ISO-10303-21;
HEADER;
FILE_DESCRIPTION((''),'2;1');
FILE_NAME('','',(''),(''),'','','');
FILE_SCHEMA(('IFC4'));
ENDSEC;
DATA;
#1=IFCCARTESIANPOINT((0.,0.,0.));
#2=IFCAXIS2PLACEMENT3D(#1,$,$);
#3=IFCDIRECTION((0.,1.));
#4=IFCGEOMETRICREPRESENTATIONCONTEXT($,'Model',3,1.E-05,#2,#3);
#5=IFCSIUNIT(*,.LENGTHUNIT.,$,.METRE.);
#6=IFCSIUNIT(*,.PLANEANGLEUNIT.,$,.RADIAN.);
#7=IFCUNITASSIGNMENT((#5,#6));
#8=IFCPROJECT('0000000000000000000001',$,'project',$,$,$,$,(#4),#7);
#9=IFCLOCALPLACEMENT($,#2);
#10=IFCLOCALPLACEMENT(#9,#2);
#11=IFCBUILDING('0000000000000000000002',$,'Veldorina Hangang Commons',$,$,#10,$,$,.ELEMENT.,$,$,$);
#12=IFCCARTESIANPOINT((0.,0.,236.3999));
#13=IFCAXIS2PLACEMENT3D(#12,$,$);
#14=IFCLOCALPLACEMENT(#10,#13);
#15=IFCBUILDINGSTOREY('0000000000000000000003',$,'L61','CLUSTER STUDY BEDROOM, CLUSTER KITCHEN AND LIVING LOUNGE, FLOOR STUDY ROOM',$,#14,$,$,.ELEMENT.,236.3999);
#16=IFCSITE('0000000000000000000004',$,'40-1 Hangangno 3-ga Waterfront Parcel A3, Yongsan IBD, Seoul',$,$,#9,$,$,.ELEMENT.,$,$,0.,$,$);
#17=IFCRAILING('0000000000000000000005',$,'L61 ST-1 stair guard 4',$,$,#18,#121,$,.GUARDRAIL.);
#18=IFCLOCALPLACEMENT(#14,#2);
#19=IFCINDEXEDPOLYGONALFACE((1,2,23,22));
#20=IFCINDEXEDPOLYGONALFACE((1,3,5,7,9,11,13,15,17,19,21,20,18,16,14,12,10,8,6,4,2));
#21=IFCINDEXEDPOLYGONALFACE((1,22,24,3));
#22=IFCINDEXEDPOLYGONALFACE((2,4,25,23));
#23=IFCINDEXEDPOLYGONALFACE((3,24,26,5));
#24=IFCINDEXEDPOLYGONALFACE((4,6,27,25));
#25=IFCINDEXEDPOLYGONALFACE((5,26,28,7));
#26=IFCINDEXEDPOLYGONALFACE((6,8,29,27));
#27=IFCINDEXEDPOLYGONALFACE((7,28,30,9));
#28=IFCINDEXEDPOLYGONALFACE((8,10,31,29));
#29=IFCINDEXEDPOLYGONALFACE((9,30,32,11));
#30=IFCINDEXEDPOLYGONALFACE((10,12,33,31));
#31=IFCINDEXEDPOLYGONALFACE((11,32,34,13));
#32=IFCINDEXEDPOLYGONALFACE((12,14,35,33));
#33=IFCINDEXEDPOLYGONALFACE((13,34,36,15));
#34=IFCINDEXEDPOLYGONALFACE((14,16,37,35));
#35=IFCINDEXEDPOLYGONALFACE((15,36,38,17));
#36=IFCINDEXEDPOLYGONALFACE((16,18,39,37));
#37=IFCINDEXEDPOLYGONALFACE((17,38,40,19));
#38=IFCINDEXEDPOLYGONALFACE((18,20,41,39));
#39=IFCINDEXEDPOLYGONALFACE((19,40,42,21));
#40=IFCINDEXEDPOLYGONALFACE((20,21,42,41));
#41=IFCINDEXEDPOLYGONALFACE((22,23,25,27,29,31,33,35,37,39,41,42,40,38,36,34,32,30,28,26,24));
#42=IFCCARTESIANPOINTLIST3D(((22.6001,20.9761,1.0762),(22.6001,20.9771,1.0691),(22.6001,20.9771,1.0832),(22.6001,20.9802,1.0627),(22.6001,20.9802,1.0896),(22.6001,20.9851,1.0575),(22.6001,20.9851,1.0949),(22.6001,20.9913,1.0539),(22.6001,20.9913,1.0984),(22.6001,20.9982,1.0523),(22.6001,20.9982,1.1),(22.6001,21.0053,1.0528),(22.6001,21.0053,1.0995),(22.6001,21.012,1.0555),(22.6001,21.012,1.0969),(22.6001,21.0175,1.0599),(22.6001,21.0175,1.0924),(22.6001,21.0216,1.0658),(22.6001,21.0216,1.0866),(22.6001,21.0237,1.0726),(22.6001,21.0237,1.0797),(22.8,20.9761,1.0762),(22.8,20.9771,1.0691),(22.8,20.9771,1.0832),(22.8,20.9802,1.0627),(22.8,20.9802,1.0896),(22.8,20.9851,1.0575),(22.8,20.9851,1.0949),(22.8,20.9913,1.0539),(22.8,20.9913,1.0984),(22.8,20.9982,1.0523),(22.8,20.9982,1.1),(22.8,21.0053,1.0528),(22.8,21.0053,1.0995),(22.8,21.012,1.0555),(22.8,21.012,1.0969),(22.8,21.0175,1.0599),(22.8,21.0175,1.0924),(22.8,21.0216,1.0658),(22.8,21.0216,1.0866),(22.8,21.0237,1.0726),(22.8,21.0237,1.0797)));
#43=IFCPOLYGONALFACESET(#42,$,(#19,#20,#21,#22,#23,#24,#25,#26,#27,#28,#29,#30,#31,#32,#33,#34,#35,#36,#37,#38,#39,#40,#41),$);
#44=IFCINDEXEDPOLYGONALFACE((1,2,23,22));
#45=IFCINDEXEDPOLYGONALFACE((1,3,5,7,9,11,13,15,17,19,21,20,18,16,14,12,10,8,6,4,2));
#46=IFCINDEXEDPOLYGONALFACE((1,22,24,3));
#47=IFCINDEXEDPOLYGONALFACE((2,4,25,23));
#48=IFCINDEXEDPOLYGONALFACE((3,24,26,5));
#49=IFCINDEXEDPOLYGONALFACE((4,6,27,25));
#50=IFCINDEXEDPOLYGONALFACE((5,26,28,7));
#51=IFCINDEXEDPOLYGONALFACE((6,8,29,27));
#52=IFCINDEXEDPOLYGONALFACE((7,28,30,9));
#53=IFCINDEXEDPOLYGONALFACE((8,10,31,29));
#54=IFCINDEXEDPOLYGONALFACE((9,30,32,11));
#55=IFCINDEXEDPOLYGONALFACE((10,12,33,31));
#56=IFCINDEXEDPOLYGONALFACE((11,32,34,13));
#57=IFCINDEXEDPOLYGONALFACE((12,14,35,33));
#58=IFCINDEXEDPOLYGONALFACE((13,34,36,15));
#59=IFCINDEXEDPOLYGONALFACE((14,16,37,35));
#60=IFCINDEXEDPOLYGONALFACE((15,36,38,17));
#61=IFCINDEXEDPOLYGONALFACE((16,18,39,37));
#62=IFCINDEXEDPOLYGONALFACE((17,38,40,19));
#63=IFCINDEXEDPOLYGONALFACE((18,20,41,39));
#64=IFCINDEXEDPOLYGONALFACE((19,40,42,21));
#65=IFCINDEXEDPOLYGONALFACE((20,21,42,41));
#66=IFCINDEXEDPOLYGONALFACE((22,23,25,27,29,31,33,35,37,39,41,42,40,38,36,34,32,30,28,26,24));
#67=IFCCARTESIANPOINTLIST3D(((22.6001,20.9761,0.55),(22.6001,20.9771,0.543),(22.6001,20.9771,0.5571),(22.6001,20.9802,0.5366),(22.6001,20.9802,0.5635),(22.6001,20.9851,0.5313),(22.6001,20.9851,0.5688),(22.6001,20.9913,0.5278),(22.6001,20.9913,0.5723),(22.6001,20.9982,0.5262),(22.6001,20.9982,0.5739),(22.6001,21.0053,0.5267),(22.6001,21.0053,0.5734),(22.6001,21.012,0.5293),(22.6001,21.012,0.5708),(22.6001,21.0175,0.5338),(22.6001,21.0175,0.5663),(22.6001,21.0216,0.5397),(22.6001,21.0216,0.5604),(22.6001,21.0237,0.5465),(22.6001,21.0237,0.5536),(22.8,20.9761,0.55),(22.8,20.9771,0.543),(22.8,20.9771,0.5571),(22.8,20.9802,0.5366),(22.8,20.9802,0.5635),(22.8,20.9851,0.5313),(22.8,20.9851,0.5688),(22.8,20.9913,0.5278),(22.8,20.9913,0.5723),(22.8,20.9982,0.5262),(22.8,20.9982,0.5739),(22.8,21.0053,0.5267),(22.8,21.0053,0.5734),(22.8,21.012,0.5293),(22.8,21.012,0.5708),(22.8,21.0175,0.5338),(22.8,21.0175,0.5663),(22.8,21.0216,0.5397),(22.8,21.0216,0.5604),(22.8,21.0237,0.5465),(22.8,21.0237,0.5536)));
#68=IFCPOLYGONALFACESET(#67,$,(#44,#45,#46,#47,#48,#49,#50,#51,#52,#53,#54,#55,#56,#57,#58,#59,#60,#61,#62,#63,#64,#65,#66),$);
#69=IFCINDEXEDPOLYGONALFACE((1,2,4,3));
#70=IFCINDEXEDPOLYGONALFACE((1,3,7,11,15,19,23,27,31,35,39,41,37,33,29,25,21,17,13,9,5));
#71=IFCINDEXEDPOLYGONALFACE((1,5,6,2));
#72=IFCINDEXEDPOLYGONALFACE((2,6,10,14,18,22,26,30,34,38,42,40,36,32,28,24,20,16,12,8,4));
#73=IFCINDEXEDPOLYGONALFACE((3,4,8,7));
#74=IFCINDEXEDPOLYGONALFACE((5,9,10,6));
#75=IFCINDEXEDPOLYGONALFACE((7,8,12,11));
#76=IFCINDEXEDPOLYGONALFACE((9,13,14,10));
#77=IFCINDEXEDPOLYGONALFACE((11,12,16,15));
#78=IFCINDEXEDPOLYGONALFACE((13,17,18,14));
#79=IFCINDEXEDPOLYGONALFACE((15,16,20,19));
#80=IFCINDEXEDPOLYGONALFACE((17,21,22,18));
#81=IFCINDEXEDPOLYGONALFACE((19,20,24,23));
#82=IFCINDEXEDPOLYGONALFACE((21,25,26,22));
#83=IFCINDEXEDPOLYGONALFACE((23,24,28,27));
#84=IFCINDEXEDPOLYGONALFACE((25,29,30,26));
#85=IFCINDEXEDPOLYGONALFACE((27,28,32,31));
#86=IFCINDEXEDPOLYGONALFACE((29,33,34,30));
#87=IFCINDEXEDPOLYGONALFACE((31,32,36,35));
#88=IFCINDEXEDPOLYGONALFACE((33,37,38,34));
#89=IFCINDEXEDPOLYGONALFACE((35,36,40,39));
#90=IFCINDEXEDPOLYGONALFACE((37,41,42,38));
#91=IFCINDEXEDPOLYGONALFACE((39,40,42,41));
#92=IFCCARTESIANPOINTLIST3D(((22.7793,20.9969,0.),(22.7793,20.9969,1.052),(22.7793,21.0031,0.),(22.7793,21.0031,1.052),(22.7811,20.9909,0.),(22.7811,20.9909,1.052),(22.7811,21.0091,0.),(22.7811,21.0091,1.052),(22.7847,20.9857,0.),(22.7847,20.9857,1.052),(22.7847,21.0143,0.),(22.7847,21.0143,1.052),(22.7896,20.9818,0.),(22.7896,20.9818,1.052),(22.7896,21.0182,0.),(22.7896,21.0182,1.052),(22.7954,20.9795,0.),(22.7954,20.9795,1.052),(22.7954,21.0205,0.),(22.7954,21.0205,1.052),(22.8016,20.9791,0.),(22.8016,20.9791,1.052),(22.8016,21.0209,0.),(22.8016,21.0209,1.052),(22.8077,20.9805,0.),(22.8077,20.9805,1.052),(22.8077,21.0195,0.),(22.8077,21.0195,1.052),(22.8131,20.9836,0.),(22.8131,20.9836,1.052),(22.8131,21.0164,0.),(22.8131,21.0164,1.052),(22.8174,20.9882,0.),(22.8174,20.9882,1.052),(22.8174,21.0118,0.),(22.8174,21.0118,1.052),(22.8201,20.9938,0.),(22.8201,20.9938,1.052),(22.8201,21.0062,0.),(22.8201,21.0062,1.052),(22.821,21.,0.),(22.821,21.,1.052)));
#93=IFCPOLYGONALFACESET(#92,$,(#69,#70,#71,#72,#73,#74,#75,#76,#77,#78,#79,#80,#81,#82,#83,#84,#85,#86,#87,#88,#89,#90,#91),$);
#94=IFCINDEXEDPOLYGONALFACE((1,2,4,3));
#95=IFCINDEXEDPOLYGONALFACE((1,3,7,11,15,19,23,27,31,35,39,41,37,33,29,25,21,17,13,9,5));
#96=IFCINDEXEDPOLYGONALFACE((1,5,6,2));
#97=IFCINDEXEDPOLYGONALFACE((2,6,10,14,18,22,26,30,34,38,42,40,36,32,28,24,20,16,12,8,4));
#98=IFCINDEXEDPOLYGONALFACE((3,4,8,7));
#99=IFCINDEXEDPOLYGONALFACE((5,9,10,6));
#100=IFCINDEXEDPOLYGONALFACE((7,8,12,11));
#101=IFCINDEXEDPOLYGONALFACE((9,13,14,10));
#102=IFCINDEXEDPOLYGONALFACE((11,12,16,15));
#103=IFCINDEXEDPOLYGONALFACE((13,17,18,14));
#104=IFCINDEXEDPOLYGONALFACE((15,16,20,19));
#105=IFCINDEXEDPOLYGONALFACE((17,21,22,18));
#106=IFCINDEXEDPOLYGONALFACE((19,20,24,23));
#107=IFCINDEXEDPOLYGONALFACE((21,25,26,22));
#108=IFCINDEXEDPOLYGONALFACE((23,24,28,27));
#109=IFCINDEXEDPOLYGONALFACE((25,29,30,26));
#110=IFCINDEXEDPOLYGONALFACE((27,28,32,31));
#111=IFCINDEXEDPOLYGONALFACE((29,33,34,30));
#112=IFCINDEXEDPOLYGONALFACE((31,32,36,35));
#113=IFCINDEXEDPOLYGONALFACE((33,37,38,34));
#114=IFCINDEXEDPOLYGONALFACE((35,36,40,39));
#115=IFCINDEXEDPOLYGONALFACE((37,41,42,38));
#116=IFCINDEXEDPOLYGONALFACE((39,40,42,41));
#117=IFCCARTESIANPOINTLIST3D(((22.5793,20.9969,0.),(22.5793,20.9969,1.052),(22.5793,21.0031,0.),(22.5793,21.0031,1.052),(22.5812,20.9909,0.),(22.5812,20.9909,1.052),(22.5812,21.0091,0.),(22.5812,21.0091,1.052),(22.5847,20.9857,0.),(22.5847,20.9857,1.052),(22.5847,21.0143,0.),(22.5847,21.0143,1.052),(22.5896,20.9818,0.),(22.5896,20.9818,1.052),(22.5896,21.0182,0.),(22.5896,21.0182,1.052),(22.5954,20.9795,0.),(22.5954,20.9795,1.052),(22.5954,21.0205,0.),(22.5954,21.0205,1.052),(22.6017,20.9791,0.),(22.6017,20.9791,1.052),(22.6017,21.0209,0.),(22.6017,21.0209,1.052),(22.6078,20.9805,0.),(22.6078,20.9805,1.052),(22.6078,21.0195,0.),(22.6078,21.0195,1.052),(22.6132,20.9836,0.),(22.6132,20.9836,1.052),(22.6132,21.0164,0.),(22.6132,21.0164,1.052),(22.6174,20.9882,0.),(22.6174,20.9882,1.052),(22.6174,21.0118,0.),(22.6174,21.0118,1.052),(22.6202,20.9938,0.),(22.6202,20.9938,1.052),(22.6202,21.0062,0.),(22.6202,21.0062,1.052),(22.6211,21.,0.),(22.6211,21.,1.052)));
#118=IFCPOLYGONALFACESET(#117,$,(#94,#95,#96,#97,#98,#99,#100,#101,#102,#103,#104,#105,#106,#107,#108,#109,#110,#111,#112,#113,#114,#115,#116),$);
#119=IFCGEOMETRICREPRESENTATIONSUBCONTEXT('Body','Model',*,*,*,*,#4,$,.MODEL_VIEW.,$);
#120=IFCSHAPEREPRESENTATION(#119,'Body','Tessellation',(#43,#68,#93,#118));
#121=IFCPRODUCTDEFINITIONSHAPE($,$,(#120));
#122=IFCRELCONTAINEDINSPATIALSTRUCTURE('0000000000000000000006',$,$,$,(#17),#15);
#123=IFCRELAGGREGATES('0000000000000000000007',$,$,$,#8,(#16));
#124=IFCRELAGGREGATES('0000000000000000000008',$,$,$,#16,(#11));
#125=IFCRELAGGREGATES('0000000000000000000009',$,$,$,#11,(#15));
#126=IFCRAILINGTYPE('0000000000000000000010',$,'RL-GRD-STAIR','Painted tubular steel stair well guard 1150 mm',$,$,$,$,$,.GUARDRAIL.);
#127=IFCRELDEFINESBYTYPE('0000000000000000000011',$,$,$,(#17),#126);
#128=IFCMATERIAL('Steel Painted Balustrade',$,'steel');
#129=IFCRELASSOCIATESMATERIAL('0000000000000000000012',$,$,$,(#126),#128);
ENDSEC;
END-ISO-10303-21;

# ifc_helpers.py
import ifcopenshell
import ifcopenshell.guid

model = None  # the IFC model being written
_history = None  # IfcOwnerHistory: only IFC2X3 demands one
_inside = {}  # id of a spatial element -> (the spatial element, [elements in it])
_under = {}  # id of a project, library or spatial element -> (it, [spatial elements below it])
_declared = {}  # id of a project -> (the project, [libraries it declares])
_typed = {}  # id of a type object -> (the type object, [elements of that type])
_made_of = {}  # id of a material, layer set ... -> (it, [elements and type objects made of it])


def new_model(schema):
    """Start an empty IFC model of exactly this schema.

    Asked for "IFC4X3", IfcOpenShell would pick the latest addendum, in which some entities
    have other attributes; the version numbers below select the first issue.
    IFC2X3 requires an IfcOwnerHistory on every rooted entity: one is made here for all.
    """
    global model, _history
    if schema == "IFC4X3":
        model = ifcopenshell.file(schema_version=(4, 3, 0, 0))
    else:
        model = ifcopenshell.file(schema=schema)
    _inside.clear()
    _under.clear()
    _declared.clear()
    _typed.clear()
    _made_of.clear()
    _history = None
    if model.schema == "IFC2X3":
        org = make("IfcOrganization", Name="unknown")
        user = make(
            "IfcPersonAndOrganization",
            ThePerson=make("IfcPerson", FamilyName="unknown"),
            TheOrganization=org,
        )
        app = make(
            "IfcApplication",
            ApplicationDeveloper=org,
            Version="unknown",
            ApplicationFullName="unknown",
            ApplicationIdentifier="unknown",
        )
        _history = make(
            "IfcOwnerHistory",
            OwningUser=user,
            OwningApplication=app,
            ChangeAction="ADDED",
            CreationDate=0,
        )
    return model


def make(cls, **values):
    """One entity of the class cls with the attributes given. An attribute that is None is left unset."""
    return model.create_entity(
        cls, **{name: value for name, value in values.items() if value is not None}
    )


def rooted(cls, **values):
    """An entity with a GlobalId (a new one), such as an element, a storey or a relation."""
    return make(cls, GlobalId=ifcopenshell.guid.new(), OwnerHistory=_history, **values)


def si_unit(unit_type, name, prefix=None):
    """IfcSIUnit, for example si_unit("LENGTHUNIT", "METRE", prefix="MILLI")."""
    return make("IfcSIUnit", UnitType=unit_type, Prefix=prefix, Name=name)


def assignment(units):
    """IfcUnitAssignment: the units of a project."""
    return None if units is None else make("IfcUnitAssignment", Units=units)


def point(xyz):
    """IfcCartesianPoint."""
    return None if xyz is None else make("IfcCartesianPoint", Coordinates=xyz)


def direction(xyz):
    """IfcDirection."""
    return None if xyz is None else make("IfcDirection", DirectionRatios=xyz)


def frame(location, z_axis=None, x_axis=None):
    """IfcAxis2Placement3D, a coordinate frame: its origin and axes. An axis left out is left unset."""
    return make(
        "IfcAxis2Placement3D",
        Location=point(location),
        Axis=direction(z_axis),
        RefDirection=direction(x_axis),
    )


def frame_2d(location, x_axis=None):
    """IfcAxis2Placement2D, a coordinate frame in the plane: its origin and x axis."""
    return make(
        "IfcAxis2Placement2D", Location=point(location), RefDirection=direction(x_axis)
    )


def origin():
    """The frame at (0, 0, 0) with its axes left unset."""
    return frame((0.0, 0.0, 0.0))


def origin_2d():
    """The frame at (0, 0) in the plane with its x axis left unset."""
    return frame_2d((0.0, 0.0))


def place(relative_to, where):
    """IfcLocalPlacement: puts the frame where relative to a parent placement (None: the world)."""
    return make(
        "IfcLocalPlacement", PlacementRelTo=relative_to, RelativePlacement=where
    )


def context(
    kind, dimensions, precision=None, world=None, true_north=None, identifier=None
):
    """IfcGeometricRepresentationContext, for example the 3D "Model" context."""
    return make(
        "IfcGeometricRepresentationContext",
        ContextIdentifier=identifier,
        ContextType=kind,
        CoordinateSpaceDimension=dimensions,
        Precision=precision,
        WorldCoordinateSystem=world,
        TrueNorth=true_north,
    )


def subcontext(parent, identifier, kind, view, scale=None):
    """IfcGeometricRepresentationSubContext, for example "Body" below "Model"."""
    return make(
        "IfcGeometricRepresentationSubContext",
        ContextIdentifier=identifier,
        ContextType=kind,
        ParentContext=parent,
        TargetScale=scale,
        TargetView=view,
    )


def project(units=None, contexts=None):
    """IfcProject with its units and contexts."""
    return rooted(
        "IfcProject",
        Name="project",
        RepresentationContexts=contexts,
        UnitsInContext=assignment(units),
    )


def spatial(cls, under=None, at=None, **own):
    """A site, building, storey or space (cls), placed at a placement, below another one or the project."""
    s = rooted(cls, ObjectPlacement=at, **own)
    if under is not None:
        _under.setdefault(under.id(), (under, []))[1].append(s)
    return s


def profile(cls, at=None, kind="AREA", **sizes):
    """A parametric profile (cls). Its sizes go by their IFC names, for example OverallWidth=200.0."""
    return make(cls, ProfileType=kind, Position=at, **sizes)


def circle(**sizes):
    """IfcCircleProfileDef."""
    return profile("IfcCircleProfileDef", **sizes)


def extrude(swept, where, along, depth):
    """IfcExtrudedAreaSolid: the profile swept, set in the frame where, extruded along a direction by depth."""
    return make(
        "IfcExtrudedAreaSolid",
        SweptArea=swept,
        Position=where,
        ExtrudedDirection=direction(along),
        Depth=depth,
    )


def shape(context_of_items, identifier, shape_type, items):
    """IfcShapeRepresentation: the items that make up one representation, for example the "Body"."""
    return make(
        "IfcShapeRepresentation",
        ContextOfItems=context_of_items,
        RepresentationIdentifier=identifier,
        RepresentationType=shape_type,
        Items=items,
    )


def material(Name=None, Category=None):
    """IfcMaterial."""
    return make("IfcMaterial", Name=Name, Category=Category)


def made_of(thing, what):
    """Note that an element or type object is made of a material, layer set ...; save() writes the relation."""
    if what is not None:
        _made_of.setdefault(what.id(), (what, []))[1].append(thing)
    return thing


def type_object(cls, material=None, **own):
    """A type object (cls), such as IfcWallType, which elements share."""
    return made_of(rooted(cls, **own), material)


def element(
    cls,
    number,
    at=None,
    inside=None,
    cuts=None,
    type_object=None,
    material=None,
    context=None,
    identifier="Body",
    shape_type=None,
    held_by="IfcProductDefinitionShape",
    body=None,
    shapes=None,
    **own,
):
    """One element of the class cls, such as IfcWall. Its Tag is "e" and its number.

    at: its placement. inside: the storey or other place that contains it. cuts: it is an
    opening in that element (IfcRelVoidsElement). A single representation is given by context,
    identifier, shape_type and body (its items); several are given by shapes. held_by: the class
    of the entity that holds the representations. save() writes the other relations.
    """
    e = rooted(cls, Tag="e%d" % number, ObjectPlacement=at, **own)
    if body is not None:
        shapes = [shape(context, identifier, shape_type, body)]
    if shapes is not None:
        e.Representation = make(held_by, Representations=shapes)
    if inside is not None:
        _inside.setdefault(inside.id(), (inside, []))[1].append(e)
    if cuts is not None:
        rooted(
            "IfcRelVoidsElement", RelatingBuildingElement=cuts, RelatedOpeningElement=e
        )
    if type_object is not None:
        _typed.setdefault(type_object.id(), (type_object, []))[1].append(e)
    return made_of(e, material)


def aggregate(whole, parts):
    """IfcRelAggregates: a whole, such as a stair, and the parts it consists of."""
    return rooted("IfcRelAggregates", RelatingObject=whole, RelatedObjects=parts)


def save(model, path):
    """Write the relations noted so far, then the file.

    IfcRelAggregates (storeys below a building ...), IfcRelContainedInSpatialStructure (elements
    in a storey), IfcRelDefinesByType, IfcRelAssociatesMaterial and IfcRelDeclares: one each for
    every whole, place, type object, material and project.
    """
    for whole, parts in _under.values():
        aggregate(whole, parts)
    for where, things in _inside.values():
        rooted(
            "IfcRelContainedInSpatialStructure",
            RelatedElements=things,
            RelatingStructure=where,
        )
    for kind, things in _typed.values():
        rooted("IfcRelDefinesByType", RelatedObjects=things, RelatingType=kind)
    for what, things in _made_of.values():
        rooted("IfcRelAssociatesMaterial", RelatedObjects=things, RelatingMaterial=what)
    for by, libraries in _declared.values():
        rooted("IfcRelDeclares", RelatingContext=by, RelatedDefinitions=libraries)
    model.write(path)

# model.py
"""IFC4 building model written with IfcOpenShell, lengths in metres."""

from ifc_helpers import new_model, si_unit, direction, frame, origin, origin_2d, place, context, subcontext, project, spatial, circle, extrude, material, type_object, element, save


model = new_model("IFC4")

# Units and contexts
model_context = context("Model", 3, precision=1e-05, world=origin(), true_north=direction((0.0, 1.0)))
body_context = subcontext(model_context, "Body", "Model", "MODEL_VIEW")
ifc_project = project(units=[si_unit("LENGTHUNIT", "METRE"), si_unit("PLANEANGLEUNIT", "RADIAN")], contexts=[model_context])

# Site, building, storey
site_placement = place(None, origin())
site = spatial("IfcSite", under=ifc_project, at=site_placement, Name="40-1 Hangangno 3-ga Waterfront Parcel A3, Yongsan IBD, Seoul", CompositionType="ELEMENT", RefElevation=0.0)
building_placement = place(site_placement, origin())
building = spatial("IfcBuilding", under=site, at=building_placement, Name="Veldorina Hangang Commons", CompositionType="ELEMENT")
storey_placement = place(building_placement, frame((0.0, 0.0, 236.3999)))
storey = spatial("IfcBuildingStorey", under=building, at=storey_placement, Name="L61", Description="CLUSTER STUDY BEDROOM, CLUSTER KITCHEN AND LIVING LOUNGE, FLOOR STUDY ROOM", CompositionType="ELEMENT", Elevation=236.3999)

# Railing
ifc_material_1 = material(Name="Steel Painted Balustrade", Category="steel")
railing_type_1 = type_object("IfcRailingType", Name="RL-GRD-STAIR", Description="Painted tubular steel stair well guard 1150 mm", PredefinedType="GUARDRAIL", material=ifc_material_1)
railing_1_placement = place(storey_placement, frame((22.8, 21.0, 0.0)))
element("IfcRailing", 1, at=railing_1_placement, inside=storey, type_object=railing_type_1, Name="L61 ST-1 stair guard 4", PredefinedType="GUARDRAIL", context=body_context, shape_type="SweptSolid", body=[
    extrude(circle(Radius=0.0239, at=origin_2d()), frame((0.0, 0.0, 1.0762), z_axis=(-1.0, 0.0, 0.0), x_axis=(0.0, -1.0, 0.0)), (0.0, 0.0, 1.0), 0.2),
    extrude(circle(Radius=0.0239, at=origin_2d()), frame((0.0, 0.0, 0.55), z_axis=(-1.0, 0.0, 0.0), x_axis=(0.0, -1.0, 0.0)), (0.0, 0.0, 1.0), 0.2),
    extrude(circle(Radius=0.021, at=origin_2d()), origin(), (0.0, 0.0, 1.0), 1.052),
    extrude(circle(Radius=0.021, at=origin_2d()), frame((-0.2, 0.0, 0.0)), (0.0, 0.0, 1.0), 1.052),
])

save(model, "model.ifc")
